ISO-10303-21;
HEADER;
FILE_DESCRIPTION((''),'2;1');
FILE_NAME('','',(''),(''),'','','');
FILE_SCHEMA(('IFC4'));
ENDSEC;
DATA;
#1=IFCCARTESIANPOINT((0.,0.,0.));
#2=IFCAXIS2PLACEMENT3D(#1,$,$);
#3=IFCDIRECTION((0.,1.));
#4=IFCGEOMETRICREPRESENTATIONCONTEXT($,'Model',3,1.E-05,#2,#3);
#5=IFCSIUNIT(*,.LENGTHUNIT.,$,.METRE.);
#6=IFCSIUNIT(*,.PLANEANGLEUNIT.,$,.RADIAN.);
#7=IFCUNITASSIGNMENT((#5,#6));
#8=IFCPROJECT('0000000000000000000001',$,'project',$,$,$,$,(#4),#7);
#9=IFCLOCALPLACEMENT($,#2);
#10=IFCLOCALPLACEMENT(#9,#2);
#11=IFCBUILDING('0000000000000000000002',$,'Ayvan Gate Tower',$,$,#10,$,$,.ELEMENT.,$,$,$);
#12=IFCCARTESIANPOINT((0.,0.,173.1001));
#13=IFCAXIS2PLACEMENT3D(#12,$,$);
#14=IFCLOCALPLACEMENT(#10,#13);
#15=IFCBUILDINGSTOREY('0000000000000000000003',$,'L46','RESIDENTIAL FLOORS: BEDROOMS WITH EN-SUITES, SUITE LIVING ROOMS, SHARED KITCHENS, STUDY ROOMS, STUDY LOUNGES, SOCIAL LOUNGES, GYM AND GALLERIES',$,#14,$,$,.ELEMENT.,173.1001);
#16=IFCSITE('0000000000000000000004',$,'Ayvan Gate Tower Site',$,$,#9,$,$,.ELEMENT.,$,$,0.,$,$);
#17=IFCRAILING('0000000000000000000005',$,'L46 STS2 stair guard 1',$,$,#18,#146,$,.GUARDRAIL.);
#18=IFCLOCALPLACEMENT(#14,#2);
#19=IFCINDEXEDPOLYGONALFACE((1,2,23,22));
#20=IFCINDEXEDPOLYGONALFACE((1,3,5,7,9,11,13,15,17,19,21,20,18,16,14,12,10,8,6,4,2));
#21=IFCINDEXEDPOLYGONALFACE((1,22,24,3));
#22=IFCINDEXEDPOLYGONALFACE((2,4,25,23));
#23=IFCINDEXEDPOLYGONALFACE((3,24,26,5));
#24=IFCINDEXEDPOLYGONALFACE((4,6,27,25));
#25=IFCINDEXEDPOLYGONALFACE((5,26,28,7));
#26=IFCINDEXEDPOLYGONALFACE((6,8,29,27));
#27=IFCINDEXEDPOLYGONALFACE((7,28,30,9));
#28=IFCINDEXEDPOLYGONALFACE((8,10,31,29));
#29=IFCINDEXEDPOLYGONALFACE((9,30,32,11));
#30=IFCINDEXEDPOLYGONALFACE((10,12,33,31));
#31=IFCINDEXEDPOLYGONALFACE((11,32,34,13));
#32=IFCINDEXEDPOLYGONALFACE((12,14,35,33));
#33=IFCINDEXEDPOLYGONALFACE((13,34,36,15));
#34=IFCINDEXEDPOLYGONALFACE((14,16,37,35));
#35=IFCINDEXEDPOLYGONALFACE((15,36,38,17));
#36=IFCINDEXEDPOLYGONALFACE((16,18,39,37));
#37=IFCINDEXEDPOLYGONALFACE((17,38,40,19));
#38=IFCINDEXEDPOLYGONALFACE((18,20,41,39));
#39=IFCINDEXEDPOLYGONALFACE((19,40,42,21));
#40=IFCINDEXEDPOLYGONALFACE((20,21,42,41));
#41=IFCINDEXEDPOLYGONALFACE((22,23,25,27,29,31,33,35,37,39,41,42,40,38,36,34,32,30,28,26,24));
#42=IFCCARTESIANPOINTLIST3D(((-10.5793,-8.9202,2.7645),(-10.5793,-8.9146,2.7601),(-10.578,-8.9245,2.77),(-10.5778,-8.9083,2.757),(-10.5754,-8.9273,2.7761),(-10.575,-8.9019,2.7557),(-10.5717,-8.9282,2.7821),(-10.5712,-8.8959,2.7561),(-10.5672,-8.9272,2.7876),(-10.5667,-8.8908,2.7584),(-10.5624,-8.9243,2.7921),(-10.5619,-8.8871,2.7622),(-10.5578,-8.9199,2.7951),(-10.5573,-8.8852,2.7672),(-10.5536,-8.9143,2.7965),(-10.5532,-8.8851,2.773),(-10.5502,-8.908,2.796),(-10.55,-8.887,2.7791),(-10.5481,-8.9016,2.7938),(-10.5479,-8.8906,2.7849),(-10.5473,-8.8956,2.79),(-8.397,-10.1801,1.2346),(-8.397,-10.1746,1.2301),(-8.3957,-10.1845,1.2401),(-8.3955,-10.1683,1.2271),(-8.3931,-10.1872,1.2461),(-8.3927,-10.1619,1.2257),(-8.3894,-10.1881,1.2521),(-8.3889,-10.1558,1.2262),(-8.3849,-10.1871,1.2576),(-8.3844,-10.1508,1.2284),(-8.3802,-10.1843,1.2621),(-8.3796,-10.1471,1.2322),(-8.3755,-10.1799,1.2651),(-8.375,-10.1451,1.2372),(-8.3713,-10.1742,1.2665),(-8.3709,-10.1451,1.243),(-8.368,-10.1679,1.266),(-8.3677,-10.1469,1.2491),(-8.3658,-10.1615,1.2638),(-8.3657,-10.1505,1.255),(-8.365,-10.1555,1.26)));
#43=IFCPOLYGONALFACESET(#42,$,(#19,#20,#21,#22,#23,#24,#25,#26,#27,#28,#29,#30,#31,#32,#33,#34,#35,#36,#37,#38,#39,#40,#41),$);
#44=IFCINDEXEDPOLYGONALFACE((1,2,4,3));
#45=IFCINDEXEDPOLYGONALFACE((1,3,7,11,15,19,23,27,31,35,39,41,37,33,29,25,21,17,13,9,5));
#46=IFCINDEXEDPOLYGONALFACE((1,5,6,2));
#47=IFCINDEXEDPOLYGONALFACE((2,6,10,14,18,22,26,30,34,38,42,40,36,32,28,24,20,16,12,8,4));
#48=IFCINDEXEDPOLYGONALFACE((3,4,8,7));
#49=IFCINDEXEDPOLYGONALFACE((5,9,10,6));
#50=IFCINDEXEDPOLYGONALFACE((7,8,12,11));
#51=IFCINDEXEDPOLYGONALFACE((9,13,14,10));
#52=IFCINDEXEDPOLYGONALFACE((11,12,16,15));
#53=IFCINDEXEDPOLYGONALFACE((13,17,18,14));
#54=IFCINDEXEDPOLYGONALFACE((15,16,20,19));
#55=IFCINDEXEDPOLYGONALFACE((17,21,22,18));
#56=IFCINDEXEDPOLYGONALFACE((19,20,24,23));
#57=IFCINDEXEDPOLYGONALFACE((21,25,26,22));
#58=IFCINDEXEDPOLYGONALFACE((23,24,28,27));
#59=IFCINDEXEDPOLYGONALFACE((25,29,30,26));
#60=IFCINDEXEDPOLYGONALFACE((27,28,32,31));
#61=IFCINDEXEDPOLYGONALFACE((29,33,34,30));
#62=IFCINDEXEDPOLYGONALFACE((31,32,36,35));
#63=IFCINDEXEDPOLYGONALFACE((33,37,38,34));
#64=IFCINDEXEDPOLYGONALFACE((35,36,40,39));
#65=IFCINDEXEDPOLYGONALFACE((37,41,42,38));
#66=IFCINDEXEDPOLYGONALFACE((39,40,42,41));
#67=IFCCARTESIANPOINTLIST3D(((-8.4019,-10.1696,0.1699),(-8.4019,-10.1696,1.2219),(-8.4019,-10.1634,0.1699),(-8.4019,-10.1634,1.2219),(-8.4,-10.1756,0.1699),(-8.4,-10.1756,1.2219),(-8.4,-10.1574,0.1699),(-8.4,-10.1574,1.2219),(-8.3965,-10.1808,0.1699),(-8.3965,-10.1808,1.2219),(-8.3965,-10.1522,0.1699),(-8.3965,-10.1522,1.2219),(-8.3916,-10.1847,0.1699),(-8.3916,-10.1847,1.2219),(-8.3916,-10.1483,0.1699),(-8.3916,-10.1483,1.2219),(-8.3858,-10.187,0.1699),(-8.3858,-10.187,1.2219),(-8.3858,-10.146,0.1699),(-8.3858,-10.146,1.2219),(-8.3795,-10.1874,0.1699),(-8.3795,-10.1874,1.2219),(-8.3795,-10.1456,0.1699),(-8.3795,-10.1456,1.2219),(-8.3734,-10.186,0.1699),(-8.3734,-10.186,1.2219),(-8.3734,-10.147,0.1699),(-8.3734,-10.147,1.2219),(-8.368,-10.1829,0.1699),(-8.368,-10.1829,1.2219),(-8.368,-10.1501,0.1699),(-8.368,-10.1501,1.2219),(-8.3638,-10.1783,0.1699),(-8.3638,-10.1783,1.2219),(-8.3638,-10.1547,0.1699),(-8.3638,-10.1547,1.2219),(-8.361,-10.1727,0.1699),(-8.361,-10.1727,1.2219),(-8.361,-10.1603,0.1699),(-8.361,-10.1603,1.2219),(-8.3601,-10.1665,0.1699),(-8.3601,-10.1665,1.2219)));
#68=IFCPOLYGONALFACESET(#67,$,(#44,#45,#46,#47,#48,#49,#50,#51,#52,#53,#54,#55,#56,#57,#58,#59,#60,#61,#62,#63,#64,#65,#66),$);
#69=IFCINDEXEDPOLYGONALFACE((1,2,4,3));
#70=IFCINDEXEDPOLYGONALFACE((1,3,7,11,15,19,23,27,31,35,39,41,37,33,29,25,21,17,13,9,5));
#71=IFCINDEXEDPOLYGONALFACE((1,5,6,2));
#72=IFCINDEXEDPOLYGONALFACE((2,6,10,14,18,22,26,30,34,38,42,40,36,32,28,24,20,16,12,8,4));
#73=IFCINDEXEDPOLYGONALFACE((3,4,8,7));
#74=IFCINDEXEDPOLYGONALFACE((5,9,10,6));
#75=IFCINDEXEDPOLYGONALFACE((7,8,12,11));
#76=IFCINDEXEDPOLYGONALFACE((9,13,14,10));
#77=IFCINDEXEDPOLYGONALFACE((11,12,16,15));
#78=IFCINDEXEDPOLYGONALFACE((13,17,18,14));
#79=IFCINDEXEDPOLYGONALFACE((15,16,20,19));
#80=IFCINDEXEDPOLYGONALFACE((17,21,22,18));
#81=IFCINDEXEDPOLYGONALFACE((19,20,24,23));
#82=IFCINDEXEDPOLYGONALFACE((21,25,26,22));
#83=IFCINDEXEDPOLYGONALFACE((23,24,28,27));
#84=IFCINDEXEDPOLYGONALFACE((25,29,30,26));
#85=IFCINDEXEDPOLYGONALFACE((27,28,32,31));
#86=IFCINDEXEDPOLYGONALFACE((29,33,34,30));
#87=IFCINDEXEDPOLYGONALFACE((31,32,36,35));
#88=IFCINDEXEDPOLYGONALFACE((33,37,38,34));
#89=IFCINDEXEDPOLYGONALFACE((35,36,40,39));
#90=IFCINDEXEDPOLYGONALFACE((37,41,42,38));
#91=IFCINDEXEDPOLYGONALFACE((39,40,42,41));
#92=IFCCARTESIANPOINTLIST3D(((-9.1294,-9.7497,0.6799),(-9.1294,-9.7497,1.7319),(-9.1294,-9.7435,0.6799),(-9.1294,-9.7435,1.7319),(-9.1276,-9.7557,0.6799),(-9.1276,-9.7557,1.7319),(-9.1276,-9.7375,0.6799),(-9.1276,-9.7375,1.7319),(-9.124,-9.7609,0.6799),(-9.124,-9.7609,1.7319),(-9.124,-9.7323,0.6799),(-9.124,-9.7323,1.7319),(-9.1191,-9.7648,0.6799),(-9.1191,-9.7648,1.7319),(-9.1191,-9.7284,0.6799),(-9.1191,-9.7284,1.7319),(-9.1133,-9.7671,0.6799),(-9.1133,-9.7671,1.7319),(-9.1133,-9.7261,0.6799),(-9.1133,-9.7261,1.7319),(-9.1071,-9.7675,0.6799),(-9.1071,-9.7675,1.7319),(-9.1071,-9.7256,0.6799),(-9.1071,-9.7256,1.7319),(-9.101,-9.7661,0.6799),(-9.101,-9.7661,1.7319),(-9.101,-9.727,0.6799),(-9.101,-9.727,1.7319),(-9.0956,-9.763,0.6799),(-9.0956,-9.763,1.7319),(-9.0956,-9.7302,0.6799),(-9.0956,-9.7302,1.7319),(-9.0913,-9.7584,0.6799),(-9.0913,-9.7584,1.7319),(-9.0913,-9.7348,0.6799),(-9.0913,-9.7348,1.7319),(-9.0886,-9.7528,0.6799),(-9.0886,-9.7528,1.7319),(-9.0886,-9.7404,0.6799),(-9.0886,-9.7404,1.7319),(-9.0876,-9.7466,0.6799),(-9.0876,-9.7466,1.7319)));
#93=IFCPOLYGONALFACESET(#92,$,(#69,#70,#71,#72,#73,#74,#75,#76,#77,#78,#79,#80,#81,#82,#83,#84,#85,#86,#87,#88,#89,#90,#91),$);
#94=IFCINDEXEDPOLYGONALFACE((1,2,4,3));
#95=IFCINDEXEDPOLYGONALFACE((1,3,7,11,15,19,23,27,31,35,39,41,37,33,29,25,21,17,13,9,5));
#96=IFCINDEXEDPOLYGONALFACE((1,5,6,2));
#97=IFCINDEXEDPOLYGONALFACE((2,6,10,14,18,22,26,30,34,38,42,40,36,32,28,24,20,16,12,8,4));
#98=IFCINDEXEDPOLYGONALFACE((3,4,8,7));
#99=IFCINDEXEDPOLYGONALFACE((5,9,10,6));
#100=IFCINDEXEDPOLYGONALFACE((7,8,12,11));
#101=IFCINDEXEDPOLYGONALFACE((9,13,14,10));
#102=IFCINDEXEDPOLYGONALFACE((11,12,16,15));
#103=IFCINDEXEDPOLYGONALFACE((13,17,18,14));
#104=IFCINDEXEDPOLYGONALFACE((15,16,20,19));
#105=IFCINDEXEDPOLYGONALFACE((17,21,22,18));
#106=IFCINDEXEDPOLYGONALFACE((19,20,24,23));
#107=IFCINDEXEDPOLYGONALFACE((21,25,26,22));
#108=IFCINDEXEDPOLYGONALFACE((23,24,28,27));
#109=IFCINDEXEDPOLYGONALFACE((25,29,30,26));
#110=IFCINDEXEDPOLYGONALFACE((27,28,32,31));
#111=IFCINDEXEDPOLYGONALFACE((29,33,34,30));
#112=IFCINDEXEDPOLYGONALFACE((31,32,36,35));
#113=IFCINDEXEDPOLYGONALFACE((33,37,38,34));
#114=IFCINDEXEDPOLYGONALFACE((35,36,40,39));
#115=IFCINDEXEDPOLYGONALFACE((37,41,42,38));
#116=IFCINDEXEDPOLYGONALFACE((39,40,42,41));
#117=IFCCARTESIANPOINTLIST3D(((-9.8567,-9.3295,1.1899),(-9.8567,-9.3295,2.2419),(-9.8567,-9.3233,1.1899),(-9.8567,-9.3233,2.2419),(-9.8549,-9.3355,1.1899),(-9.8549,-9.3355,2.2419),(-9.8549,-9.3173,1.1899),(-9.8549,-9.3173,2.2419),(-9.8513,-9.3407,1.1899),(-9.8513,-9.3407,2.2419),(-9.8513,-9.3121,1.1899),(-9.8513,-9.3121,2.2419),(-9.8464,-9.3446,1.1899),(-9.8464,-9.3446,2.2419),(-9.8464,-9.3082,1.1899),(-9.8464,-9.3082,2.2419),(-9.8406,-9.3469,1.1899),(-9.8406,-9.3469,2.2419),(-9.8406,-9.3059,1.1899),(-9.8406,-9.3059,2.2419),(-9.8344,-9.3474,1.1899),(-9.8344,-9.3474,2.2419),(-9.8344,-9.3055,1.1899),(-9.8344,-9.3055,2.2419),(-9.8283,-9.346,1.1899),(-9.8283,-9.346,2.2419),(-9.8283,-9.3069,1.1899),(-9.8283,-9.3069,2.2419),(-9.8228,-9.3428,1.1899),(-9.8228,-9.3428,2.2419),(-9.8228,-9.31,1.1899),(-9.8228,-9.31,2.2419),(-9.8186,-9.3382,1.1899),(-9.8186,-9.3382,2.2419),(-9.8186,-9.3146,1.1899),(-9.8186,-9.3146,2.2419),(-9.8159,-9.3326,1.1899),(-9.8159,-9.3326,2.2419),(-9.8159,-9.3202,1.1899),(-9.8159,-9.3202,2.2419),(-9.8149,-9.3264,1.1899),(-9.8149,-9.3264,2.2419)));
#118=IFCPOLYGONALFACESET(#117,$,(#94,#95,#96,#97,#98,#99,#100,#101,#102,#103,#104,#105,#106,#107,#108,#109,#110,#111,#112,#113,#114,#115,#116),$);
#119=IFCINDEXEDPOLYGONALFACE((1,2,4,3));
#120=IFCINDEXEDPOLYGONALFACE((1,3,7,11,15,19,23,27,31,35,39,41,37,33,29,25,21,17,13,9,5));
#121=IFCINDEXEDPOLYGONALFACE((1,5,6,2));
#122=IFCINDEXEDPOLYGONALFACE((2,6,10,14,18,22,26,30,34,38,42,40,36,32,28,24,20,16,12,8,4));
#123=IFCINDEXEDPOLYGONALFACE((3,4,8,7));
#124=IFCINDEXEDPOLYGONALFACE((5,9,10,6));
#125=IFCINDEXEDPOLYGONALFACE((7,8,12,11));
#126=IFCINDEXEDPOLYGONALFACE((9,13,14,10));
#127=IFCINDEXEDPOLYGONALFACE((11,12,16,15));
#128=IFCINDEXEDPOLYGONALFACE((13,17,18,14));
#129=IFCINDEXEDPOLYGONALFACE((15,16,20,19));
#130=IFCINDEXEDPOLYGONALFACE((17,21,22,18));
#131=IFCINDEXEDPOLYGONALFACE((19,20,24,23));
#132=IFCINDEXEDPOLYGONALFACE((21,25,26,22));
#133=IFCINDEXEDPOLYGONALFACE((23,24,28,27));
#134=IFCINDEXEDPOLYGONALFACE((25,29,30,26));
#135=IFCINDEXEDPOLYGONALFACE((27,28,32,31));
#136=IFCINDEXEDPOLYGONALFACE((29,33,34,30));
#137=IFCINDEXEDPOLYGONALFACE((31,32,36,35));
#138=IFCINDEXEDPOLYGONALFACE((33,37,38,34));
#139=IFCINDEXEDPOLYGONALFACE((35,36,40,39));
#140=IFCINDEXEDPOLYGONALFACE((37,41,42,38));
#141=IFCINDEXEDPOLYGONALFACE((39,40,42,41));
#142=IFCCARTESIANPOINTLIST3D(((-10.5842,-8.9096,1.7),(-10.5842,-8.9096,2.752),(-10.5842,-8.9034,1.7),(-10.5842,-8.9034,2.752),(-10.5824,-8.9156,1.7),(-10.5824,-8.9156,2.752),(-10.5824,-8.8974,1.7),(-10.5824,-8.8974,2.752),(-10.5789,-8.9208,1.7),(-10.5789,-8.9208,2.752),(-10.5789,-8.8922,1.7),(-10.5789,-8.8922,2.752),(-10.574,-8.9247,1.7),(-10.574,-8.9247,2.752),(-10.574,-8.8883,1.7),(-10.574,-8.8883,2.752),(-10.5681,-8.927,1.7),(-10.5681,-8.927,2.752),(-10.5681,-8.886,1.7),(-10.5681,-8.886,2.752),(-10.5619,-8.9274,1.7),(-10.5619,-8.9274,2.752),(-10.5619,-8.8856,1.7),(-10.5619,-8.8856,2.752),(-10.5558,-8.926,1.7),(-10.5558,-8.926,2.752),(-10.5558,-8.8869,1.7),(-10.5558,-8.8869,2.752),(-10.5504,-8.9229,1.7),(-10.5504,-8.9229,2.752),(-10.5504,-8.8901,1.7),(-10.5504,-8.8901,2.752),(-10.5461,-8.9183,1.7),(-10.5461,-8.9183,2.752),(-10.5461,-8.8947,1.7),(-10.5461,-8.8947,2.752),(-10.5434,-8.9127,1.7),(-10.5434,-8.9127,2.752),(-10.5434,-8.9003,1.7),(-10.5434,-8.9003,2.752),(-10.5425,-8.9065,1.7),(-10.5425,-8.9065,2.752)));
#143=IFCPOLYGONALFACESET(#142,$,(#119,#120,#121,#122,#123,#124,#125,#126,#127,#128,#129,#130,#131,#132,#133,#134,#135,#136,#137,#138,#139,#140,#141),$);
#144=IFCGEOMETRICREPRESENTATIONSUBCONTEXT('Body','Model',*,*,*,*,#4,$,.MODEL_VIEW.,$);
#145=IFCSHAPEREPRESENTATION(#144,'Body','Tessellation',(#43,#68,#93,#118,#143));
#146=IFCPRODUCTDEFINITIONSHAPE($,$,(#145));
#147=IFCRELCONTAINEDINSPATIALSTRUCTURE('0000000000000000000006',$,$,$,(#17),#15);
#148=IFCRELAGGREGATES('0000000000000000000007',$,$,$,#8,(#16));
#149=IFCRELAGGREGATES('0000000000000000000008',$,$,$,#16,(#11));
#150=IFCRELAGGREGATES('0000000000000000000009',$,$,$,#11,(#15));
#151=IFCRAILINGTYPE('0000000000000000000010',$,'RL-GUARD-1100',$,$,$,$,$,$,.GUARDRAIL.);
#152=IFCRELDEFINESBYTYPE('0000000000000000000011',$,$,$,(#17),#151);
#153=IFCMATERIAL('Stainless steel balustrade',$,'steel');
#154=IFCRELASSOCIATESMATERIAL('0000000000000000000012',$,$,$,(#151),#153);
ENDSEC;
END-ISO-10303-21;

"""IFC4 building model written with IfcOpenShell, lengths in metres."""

from ifc_helpers import new_model, si_unit, direction, frame, origin, origin_2d, place, context, subcontext, project, spatial, circle, extrude, material, type_object, element, save


model = new_model("IFC4")

# Units and contexts
model_context = context("Model", 3, precision=1e-05, world=origin(), true_north=direction((0.0, 1.0)))
body_context = subcontext(model_context, "Body", "Model", "MODEL_VIEW")
ifc_project = project(units=[si_unit("LENGTHUNIT", "METRE"), si_unit("PLANEANGLEUNIT", "RADIAN")], contexts=[model_context])

# Site, building, storey
site_placement = place(None, origin())
site = spatial("IfcSite", under=ifc_project, at=site_placement, Name="Ayvan Gate Tower Site", CompositionType="ELEMENT", RefElevation=0.0)
building_placement = place(site_placement, origin())
building = spatial("IfcBuilding", under=site, at=building_placement, Name="Ayvan Gate Tower", CompositionType="ELEMENT")
storey_placement = place(building_placement, frame((0.0, 0.0, 173.1001)))
storey = spatial("IfcBuildingStorey", under=building, at=storey_placement, Name="L46", Description="RESIDENTIAL FLOORS: BEDROOMS WITH EN-SUITES, SUITE LIVING ROOMS, SHARED KITCHENS, STUDY ROOMS, STUDY LOUNGES, SOCIAL LOUNGES, GYM AND GALLERIES", CompositionType="ELEMENT", Elevation=173.1001)

# Railing
ifc_material_1 = material(Name="Stainless steel balustrade", Category="steel")
railing_type_1 = type_object("IfcRailingType", Name="RL-GUARD-1100", PredefinedType="GUARDRAIL", material=ifc_material_1)
railing_1_placement = place(storey_placement, frame((-8.3811, -10.1665, 0.1699)))
element("IfcRailing", 1, at=railing_1_placement, inside=storey, type_object=railing_type_1, Name="L46 STS2 stair guard 1", PredefinedType="GUARDRAIL", context=body_context, shape_type="SweptSolid", body=[
    extrude(circle(Radius=0.0239, at=origin_2d()), frame((0.0, 0.0, 1.0762), z_axis=(-0.740261, 0.427395, 0.518986), x_axis=(-0.500005, -0.866023, 0.0)), (0.0, 0.0, 1.0), 2.948),
    extrude(circle(Radius=0.021, at=origin_2d()), origin(), (0.0, 0.0, 1.0), 1.052),
    extrude(circle(Radius=0.021, at=origin_2d()), frame((-0.7275, 0.4199, 0.51)), (0.0, 0.0, 1.0), 1.052),
    extrude(circle(Radius=0.021, at=origin_2d()), frame((-1.4548, 0.8401, 1.02)), (0.0, 0.0, 1.0), 1.052),
    extrude(circle(Radius=0.021, at=origin_2d()), frame((-2.1824, 1.26, 1.53)), (0.0, 0.0, 1.0), 1.052),
])

save(model, "model.ifc")
